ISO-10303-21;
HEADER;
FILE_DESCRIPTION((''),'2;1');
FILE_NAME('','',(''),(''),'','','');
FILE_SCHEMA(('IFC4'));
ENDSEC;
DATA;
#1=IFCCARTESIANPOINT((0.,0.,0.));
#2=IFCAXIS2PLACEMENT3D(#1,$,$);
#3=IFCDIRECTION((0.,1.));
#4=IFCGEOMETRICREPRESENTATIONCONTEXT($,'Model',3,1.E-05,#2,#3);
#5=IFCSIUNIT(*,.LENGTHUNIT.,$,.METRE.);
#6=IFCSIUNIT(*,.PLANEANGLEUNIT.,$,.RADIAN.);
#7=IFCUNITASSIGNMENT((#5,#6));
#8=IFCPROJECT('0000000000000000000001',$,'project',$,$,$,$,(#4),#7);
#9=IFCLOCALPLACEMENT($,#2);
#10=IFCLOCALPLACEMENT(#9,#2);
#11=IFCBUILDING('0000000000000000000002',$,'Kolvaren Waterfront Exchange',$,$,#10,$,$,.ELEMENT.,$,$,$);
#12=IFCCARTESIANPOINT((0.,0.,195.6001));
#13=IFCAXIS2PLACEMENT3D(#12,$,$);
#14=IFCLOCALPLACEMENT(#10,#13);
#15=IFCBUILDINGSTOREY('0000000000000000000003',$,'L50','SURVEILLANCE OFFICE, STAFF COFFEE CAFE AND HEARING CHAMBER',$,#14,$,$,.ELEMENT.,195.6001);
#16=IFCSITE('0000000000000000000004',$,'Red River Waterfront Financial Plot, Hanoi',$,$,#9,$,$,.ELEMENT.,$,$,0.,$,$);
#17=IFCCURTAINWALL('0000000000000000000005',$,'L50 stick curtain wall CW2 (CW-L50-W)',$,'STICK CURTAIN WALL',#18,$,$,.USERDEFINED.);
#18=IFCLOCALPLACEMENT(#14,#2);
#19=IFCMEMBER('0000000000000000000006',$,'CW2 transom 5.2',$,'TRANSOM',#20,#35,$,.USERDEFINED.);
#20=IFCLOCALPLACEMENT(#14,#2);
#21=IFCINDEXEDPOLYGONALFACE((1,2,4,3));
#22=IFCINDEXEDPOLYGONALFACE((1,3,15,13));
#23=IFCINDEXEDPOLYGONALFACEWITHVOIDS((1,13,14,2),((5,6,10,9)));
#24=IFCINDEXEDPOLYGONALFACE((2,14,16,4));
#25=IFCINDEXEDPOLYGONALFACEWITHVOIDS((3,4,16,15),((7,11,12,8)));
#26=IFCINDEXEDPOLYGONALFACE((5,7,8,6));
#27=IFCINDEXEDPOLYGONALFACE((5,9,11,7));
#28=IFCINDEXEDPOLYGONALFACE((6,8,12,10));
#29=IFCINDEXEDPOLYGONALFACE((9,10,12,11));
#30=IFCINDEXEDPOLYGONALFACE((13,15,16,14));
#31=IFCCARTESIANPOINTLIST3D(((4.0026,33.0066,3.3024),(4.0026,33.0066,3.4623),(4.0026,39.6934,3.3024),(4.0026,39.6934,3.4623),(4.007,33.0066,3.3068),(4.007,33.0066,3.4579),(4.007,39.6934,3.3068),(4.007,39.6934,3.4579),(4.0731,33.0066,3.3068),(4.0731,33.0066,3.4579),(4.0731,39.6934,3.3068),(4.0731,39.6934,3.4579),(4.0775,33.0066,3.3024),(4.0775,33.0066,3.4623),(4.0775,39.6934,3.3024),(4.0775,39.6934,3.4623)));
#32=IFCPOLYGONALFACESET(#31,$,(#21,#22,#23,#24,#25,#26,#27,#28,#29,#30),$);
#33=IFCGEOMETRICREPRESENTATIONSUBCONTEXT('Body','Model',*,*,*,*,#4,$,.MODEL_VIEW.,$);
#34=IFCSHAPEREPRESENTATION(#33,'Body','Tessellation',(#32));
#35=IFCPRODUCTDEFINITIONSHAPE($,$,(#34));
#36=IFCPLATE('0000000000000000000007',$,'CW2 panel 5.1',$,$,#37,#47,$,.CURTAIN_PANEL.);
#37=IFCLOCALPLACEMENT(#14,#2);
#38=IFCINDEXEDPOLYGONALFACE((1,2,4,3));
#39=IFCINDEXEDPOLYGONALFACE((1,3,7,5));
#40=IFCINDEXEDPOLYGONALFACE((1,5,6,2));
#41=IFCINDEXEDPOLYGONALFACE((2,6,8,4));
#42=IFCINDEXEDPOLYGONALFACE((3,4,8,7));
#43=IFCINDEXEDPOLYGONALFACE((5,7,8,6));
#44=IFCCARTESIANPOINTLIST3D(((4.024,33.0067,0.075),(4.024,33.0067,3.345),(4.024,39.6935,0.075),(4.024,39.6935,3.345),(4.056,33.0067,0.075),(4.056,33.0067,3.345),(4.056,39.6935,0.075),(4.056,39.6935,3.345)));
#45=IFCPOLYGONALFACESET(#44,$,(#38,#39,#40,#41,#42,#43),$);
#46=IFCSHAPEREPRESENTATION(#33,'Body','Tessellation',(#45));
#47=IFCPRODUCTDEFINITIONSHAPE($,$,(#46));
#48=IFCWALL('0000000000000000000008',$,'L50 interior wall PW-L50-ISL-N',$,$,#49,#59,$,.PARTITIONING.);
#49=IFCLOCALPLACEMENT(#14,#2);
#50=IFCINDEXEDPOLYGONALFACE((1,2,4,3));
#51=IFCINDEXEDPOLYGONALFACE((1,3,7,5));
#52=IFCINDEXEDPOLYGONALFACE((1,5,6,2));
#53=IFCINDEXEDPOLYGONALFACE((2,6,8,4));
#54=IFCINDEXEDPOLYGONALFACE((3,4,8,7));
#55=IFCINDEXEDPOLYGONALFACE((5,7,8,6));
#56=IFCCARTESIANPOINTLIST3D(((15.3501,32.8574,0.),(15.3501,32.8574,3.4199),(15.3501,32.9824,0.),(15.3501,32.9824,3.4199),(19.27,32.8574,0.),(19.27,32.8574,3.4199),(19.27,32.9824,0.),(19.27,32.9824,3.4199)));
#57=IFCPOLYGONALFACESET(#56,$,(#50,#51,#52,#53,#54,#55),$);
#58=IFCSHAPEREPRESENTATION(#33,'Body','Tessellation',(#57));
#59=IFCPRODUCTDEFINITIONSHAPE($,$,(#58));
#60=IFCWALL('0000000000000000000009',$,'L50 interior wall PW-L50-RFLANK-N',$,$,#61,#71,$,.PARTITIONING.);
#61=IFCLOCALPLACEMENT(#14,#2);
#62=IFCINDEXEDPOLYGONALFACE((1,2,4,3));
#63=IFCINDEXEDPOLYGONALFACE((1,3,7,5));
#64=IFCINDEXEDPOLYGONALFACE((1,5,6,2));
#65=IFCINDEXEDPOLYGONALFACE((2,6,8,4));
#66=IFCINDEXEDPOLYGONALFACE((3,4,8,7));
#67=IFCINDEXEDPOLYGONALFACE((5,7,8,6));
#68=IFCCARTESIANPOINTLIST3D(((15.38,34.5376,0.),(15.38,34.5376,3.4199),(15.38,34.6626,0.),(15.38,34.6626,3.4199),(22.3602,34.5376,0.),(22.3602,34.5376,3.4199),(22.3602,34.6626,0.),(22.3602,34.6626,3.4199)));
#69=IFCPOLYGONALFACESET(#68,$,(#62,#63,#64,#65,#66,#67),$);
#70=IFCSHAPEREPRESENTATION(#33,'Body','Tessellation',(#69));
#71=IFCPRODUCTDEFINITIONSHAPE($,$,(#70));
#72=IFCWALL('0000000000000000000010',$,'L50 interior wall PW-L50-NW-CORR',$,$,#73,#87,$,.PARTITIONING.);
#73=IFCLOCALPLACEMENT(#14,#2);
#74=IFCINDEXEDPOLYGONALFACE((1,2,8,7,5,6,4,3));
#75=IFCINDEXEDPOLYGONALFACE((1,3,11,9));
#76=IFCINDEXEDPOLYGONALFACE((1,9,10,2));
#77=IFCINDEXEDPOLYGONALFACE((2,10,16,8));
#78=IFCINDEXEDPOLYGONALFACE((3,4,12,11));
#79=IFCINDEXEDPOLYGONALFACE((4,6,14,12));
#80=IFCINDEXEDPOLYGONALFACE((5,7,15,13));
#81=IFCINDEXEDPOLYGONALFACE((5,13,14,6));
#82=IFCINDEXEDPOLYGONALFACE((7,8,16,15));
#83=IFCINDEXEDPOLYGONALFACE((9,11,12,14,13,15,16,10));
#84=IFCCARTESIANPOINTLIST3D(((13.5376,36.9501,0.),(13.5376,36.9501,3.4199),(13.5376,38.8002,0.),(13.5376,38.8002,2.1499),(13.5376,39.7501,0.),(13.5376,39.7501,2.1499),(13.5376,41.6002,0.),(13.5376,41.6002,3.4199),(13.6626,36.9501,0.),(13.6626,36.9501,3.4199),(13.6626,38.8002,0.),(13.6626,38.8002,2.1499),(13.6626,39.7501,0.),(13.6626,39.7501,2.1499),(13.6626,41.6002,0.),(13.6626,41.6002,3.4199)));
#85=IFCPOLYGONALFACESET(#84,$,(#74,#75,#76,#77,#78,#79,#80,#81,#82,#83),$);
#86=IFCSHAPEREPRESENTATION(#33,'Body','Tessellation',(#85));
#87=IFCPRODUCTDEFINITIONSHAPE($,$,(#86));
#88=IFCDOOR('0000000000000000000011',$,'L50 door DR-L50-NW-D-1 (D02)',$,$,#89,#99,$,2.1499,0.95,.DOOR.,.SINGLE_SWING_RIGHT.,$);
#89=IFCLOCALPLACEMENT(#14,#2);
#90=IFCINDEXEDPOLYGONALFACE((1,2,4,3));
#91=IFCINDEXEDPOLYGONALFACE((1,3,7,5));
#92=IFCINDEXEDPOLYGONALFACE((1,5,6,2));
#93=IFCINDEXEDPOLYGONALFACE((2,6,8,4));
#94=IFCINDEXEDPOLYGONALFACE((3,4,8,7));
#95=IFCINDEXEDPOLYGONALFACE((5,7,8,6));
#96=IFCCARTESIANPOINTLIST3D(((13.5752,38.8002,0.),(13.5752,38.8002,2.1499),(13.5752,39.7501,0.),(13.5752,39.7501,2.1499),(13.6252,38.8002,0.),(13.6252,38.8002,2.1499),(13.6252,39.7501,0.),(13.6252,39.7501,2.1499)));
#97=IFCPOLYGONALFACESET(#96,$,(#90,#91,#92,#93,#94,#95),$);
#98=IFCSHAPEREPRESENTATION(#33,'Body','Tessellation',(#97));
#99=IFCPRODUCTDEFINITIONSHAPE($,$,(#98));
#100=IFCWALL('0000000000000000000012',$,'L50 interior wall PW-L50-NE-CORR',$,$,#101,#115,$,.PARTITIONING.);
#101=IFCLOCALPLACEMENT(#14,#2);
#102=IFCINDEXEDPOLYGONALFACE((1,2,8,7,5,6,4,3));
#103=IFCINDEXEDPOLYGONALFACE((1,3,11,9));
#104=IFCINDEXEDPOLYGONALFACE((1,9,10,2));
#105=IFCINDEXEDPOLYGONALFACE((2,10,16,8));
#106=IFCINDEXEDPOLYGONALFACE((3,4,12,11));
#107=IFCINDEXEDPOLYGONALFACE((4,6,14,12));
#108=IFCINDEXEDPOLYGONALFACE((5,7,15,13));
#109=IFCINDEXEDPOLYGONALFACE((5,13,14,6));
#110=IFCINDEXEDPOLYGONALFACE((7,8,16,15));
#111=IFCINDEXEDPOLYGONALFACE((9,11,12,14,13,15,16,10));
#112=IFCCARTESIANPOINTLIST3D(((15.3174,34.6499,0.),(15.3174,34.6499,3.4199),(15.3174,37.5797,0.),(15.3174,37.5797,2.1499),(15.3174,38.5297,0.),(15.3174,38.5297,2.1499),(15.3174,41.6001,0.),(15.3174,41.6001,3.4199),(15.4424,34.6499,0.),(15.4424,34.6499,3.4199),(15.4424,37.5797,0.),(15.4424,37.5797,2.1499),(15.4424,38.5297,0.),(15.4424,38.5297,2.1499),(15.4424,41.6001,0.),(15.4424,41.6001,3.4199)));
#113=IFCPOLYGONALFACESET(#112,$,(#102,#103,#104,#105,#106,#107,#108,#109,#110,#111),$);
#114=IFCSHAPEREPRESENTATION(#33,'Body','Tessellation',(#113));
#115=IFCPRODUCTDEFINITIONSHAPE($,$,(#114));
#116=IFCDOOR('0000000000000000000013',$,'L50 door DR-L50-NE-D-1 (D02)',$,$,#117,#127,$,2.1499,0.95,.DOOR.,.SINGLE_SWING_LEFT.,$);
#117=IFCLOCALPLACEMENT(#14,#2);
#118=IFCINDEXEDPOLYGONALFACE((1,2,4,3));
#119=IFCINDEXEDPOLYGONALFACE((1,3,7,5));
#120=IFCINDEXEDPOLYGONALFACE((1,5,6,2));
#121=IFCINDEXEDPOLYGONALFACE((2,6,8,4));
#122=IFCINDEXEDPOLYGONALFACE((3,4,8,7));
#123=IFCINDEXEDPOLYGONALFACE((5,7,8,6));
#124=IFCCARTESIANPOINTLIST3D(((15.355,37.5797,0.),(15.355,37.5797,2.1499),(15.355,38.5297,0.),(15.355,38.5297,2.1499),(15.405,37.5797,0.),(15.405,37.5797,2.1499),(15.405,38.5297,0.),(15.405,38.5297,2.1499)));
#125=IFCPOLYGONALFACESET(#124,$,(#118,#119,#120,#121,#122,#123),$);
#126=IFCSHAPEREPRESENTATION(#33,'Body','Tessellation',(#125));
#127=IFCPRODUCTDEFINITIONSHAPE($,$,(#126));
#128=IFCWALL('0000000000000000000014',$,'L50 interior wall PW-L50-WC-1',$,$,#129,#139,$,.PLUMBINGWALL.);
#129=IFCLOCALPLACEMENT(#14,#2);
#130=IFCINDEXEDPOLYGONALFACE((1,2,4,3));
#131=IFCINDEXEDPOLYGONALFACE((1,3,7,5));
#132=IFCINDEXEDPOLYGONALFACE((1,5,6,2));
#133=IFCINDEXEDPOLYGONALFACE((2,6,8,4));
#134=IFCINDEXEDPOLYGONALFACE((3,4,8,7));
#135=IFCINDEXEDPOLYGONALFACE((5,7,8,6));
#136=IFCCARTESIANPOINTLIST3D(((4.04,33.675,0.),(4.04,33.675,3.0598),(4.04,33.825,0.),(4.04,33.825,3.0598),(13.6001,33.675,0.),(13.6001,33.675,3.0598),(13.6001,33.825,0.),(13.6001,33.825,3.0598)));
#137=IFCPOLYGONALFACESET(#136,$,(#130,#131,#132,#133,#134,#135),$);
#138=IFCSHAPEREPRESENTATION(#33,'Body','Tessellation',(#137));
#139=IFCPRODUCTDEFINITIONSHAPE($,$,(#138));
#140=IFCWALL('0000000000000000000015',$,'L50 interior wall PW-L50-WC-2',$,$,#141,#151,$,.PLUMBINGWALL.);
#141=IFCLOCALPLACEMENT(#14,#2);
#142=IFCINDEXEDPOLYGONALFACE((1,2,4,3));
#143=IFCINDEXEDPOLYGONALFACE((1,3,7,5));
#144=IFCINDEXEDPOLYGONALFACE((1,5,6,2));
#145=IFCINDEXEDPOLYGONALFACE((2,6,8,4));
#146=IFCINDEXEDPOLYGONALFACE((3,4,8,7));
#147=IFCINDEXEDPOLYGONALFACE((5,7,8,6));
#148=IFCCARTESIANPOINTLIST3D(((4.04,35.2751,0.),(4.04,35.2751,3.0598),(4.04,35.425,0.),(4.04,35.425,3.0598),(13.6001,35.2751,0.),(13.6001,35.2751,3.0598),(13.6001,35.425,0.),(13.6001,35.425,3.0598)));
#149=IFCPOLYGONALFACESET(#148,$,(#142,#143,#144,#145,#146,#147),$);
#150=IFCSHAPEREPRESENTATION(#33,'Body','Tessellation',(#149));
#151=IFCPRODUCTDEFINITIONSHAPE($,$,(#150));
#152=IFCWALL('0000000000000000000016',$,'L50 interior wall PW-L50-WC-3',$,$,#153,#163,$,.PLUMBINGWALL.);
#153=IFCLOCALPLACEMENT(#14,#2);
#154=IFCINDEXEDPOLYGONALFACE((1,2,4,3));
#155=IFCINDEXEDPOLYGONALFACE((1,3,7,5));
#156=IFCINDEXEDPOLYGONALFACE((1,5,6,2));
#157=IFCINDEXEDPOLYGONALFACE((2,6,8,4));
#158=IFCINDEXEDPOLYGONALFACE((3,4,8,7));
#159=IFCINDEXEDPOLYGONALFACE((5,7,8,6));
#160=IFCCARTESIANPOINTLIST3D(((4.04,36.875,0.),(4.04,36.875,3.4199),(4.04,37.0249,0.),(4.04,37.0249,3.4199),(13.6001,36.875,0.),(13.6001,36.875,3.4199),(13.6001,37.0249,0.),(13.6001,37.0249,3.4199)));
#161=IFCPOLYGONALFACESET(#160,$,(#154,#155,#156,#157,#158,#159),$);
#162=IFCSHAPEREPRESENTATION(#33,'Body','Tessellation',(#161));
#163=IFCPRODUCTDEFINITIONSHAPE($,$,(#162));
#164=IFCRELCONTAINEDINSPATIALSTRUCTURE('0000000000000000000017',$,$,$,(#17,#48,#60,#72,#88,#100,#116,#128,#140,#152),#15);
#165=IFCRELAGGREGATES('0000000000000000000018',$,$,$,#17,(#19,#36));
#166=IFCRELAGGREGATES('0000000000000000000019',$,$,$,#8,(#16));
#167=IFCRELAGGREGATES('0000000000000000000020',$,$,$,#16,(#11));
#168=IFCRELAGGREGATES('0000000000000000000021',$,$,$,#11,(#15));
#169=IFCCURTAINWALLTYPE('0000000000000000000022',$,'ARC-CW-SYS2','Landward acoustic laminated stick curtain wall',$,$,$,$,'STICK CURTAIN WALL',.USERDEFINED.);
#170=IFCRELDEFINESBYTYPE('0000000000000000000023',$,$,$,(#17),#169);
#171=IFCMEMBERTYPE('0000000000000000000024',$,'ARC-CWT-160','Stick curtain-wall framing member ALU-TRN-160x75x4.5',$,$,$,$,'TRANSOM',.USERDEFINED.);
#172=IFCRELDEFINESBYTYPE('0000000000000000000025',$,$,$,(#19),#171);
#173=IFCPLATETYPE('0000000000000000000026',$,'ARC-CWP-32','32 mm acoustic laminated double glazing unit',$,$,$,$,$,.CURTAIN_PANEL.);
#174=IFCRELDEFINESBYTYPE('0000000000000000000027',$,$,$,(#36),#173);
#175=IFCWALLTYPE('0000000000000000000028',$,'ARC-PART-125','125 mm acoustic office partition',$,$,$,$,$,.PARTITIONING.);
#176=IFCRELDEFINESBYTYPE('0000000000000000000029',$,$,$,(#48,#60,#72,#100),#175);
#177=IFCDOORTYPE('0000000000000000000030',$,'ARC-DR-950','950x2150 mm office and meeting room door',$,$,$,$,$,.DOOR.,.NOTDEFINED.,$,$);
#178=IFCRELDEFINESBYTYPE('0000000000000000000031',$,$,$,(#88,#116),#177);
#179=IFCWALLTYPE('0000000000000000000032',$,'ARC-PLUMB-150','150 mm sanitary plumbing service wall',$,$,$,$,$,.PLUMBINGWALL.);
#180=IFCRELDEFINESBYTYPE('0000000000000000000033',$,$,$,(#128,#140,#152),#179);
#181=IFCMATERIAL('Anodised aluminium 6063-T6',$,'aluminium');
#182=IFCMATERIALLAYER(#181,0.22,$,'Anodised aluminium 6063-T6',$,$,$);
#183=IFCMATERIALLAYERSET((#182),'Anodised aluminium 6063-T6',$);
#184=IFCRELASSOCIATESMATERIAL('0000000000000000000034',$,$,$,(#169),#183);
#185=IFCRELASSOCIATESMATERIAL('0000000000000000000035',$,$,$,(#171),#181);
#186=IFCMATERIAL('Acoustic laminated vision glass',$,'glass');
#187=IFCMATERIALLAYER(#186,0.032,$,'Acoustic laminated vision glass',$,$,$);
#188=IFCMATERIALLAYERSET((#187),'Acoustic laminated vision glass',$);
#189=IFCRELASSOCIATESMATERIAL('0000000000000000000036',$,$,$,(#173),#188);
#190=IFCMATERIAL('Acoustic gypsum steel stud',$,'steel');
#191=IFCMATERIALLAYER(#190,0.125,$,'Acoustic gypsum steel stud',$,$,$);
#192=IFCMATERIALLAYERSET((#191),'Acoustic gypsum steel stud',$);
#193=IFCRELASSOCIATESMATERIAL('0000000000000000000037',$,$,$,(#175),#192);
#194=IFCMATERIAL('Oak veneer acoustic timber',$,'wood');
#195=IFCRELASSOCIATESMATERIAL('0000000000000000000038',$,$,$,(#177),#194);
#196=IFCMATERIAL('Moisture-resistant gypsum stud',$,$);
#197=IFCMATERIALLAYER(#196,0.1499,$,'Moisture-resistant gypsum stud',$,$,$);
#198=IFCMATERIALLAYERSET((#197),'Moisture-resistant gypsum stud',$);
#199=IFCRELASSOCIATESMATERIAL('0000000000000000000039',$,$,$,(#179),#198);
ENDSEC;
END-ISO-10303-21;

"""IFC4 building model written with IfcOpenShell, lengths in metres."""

from ifc_helpers import new_model, si_unit, direction, frame, frame_2d, origin, origin_with_axes, origin_2d, place, context, subcontext, project, spatial, rectangle, hollow_rectangle, extrude, source, transform, mapped, material, layer, layer_set, material_profile, profile_set, type_object, element, fill, aggregate, save


model = new_model("IFC4")

# Units and contexts
model_context = context("Model", 3, precision=1e-05, world=origin(), true_north=direction((0.0, 1.0)))
body_context = subcontext(model_context, "Body", "Model", "MODEL_VIEW")
ifc_project = project(units=[si_unit("LENGTHUNIT", "METRE"), si_unit("PLANEANGLEUNIT", "RADIAN")], contexts=[model_context])

# Site, building, storey
site_placement = place(None, origin())
site = spatial("IfcSite", under=ifc_project, at=site_placement, Name="Red River Waterfront Financial Plot, Hanoi", CompositionType="ELEMENT", RefElevation=0.0)
building_placement = place(site_placement, origin())
building = spatial("IfcBuilding", under=site, at=building_placement, Name="Kolvaren Waterfront Exchange", CompositionType="ELEMENT")
storey_placement = place(building_placement, frame((0.0, 0.0, 195.6001)))
storey = spatial("IfcBuildingStorey", under=building, at=storey_placement, Name="L50", Description="SURVEILLANCE OFFICE, STAFF COFFEE CAFE AND HEARING CHAMBER", CompositionType="ELEMENT", Elevation=195.6001)

# Curtain wall, member, plate
ifc_material_1 = material(Name="Anodised aluminium 6063-T6", Category="aluminium")
ifc_layer_1 = layer(ifc_material_1, 0.22, Name="Anodised aluminium 6063-T6")
ifc_layer_set_1 = layer_set([ifc_layer_1], Name="Anodised aluminium 6063-T6")
curtain_wall_type = type_object("IfcCurtainWallType", Name="ARC-CW-SYS2", Description="Landward acoustic laminated stick curtain wall", ElementType="STICK CURTAIN WALL", PredefinedType="USERDEFINED", material=ifc_layer_set_1)
curtain_wall_placement = place(storey_placement, origin())
curtain_wall = element("IfcCurtainWall", 1, at=curtain_wall_placement, inside=storey, type_object=curtain_wall_type, Name="L50 stick curtain wall CW2 (CW-L50-W)", ObjectType="STICK CURTAIN WALL", PredefinedType="USERDEFINED")
ifc_material_profile_1 = material_profile(ifc_material_1, hollow_rectangle(XDim=0.075, YDim=0.1599, WallThickness=0.0044, at=origin_2d()), Name="ALU-TRN-160x75x4.5")
ifc_profile_set_1 = profile_set([ifc_material_profile_1], Name="Anodised aluminium 6063-T6")
member_type_1 = type_object("IfcMemberType", Name="ARC-CWT-160", Description="Stick curtain-wall framing member ALU-TRN-160x75x4.5", ElementType="TRANSOM", PredefinedType="USERDEFINED", material=ifc_profile_set_1)
shared_shape_1 = source(origin_with_axes(), body_context, "Body", "SweptSolid", [
    extrude(hollow_rectangle(XDim=0.075, YDim=0.1599, WallThickness=0.0044, at=origin_2d()), origin(), (0.0, 0.0, 1.0), 6.6868),
])
member_1_placement = place(storey_placement, frame((4.04, 33.0066, 3.3823), z_axis=(0.0, 1.0, 0.0), x_axis=(-1.0, 0.0, 0.0)))
member_1 = element("IfcMember", 2, at=member_1_placement, type_object=member_type_1, Name="CW2 transom 5.2", ObjectType="TRANSOM", PredefinedType="USERDEFINED", context=body_context, shape_type="MappedRepresentation", body=[
    mapped(shared_shape_1, transform((0.0, 0.0, 0.0), x_axis=(1.0, 0.0, 0.0), y_axis=(0.0, 1.0, 0.0), z_axis=(0.0, 0.0, 1.0), scale=1.0)),
])
ifc_material_2 = material(Name="Acoustic laminated vision glass", Category="glass")
ifc_layer_2 = layer(ifc_material_2, 0.032, Name="Acoustic laminated vision glass")
ifc_layer_set_2 = layer_set([ifc_layer_2], Name="Acoustic laminated vision glass")
plate_type = type_object("IfcPlateType", Name="ARC-CWP-32", Description="32 mm acoustic laminated double glazing unit", PredefinedType="CURTAIN_PANEL", material=ifc_layer_set_2)
shared_shape_2 = source(origin_with_axes(), body_context, "Body", "SweptSolid", [
    extrude(rectangle(XDim=6.6868, YDim=0.032, at=origin_2d()), origin(), (0.0, 0.0, 1.0), 3.27),
])
plate_placement = place(storey_placement, frame((4.04, 36.3501, 0.075), z_axis=(0.0, 0.0, 1.0), x_axis=(0.0, 1.0, 0.0)))
plate = element("IfcPlate", 3, at=plate_placement, type_object=plate_type, Name="CW2 panel 5.1", PredefinedType="CURTAIN_PANEL", context=body_context, shape_type="MappedRepresentation", body=[
    mapped(shared_shape_2, transform((0.0, 0.0, 0.0), x_axis=(1.0, 0.0, 0.0), y_axis=(0.0, 1.0, 0.0), z_axis=(0.0, 0.0, 1.0), scale=1.0)),
])
aggregate(curtain_wall, [member_1, plate])

# Walls
ifc_material_3 = material(Name="Acoustic gypsum steel stud", Category="steel")
ifc_layer_3 = layer(ifc_material_3, 0.125, Name="Acoustic gypsum steel stud")
ifc_layer_set_3 = layer_set([ifc_layer_3], Name="Acoustic gypsum steel stud")
wall_type_1 = type_object("IfcWallType", Name="ARC-PART-125", Description="125 mm acoustic office partition", PredefinedType="PARTITIONING", material=ifc_layer_set_3)
wall_1_placement = place(storey_placement, frame((15.3501, 32.9199, 0.0), z_axis=(0.0, 0.0, 1.0), x_axis=(1.0, 0.0, 0.0)))
element("IfcWall", 4, at=wall_1_placement, inside=storey, type_object=wall_type_1, Name="L50 interior wall PW-L50-ISL-N", PredefinedType="PARTITIONING", context=body_context, shape_type="SweptSolid", body=[
    extrude(rectangle(XDim=3.9199, YDim=0.125, at=frame_2d((1.96, 0.0))), origin(), (0.0, 0.0, 1.0), 3.4199),
])
wall_2_placement = place(storey_placement, frame((15.3799, 34.6001, 0.0), z_axis=(0.0, 0.0, 1.0), x_axis=(1.0, 0.0, 0.0)))
element("IfcWall", 5, at=wall_2_placement, inside=storey, type_object=wall_type_1, Name="L50 interior wall PW-L50-RFLANK-N", PredefinedType="PARTITIONING", context=body_context, shape_type="SweptSolid", body=[
    extrude(rectangle(XDim=6.9802, YDim=0.125, at=frame_2d((3.4902, 0.0))), origin(), (0.0, 0.0, 1.0), 3.4199),
])

# Walls, openings, doors
wall_3_placement = place(storey_placement, frame((13.6001, 36.95, 0.0), z_axis=(0.0, 0.0, 1.0), x_axis=(0.0, 1.0, 0.0)))
wall_3 = element("IfcWall", 6, at=wall_3_placement, inside=storey, type_object=wall_type_1, Name="L50 interior wall PW-L50-NW-CORR", PredefinedType="PARTITIONING", context=body_context, shape_type="SweptSolid", body=[
    extrude(rectangle(XDim=4.6501, YDim=0.125, at=frame_2d((2.3252, 0.0))), origin(), (0.0, 0.0, 1.0), 3.4199),
])
opening_1_placement = place(wall_3_placement, frame((1.8501, 0.0, 0.0)))
opening_1 = element("IfcOpeningElement", 7, at=opening_1_placement, cuts=wall_3, PredefinedType="OPENING", context=body_context, shape_type="SweptSolid", body=[
    extrude(rectangle(XDim=0.95, YDim=2.1499, at=frame_2d((0.4751, 1.075))), frame((0.0, 0.0725, 0.0), z_axis=(0.0, -1.0, 0.0), x_axis=(1.0, 0.0, 0.0)), (0.0, 0.0, 1.0), 0.145),
])
ifc_material_4 = material(Name="Oak veneer acoustic timber", Category="wood")
door_type_1 = type_object("IfcDoorType", Name="ARC-DR-950", Description="950x2150 mm office and meeting room door", OperationType="NOTDEFINED", PredefinedType="DOOR", material=ifc_material_4)
door_1_placement = place(opening_1_placement, origin())
door_1 = element("IfcDoor", 8, at=door_1_placement, inside=storey, type_object=door_type_1, Name="L50 door DR-L50-NW-D-1 (D02)", OperationType="SINGLE_SWING_RIGHT", OverallHeight=2.1499, OverallWidth=0.95, PredefinedType="DOOR", context=body_context, shape_type="SweptSolid", body=[
    extrude(rectangle(XDim=0.95, YDim=2.1499, at=frame_2d((0.4751, 1.075))), frame((0.0, 0.0249, 0.0), z_axis=(0.0, -1.0, 0.0), x_axis=(1.0, 0.0, 0.0)), (0.0, 0.0, 1.0), 0.05),
])
fill(opening_1, door_1)
wall_4_placement = place(storey_placement, frame((15.3799, 34.6499, 0.0), z_axis=(0.0, 0.0, 1.0), x_axis=(0.0, 1.0, 0.0)))
wall_4 = element("IfcWall", 9, at=wall_4_placement, inside=storey, type_object=wall_type_1, Name="L50 interior wall PW-L50-NE-CORR", PredefinedType="PARTITIONING", context=body_context, shape_type="SweptSolid", body=[
    extrude(rectangle(XDim=6.9502, YDim=0.125, at=frame_2d((3.4751, 0.0))), origin(), (0.0, 0.0, 1.0), 3.4199),
])
opening_2_placement = place(wall_4_placement, frame((2.9297, 0.0, 0.0)))
opening_2 = element("IfcOpeningElement", 10, at=opening_2_placement, cuts=wall_4, PredefinedType="OPENING", context=body_context, shape_type="SweptSolid", body=[
    extrude(rectangle(XDim=0.95, YDim=2.1499, at=frame_2d((0.4751, 1.075))), frame((0.0, 0.0725, 0.0), z_axis=(0.0, -1.0, 0.0), x_axis=(1.0, 0.0, 0.0)), (0.0, 0.0, 1.0), 0.145),
])
door_2_placement = place(opening_2_placement, origin())
door_2 = element("IfcDoor", 11, at=door_2_placement, inside=storey, type_object=door_type_1, Name="L50 door DR-L50-NE-D-1 (D02)", OperationType="SINGLE_SWING_LEFT", OverallHeight=2.1499, OverallWidth=0.95, PredefinedType="DOOR", context=body_context, shape_type="SweptSolid", body=[
    extrude(rectangle(XDim=0.95, YDim=2.1499, at=frame_2d((0.4751, 1.075))), frame((0.0, 0.0249, 0.0), z_axis=(0.0, -1.0, 0.0), x_axis=(1.0, 0.0, 0.0)), (0.0, 0.0, 1.0), 0.05),
])
fill(opening_2, door_2)

# Shared definitions
ifc_material_5 = material(Name="Moisture-resistant gypsum stud")
ifc_layer_4 = layer(ifc_material_5, 0.1499, Name="Moisture-resistant gypsum stud")
ifc_layer_set_4 = layer_set([ifc_layer_4], Name="Moisture-resistant gypsum stud")
wall_type_2 = type_object("IfcWallType", Name="ARC-PLUMB-150", Description="150 mm sanitary plumbing service wall", PredefinedType="PLUMBINGWALL", material=ifc_layer_set_4)

# Walls
for number, where, z_axis, x_axis, name in (
    (12, (4.04, 33.75, 0.0), (0.0, 0.0, 1.0), (1.0, 0.0, 0.0), "L50 interior wall PW-L50-WC-1"),
    (13, (4.04, 35.3501, 0.0), (0.0, 0.0, 1.0), (1.0, 0.0, 0.0), "L50 interior wall PW-L50-WC-2"),
):
    element("IfcWall", number, at=place(storey_placement, frame(where, z_axis=z_axis, x_axis=x_axis)), inside=storey, type_object=wall_type_2, Name=name, PredefinedType="PLUMBINGWALL", context=body_context, shape_type="SweptSolid", body=[
        extrude(rectangle(XDim=9.5601, YDim=0.1499, at=frame_2d((4.78, 0.0))), origin(), (0.0, 0.0, 1.0), 3.0598),
    ])
wall_5_placement = place(storey_placement, frame((4.04, 36.95, 0.0), z_axis=(0.0, 0.0, 1.0), x_axis=(1.0, 0.0, 0.0)))
element("IfcWall", 14, at=wall_5_placement, inside=storey, type_object=wall_type_2, Name="L50 interior wall PW-L50-WC-3", PredefinedType="PLUMBINGWALL", context=body_context, shape_type="SweptSolid", body=[
    extrude(rectangle(XDim=9.5601, YDim=0.1499, at=frame_2d((4.78, 0.0))), origin(), (0.0, 0.0, 1.0), 3.4199),
])

save(model, "model.ifc")
